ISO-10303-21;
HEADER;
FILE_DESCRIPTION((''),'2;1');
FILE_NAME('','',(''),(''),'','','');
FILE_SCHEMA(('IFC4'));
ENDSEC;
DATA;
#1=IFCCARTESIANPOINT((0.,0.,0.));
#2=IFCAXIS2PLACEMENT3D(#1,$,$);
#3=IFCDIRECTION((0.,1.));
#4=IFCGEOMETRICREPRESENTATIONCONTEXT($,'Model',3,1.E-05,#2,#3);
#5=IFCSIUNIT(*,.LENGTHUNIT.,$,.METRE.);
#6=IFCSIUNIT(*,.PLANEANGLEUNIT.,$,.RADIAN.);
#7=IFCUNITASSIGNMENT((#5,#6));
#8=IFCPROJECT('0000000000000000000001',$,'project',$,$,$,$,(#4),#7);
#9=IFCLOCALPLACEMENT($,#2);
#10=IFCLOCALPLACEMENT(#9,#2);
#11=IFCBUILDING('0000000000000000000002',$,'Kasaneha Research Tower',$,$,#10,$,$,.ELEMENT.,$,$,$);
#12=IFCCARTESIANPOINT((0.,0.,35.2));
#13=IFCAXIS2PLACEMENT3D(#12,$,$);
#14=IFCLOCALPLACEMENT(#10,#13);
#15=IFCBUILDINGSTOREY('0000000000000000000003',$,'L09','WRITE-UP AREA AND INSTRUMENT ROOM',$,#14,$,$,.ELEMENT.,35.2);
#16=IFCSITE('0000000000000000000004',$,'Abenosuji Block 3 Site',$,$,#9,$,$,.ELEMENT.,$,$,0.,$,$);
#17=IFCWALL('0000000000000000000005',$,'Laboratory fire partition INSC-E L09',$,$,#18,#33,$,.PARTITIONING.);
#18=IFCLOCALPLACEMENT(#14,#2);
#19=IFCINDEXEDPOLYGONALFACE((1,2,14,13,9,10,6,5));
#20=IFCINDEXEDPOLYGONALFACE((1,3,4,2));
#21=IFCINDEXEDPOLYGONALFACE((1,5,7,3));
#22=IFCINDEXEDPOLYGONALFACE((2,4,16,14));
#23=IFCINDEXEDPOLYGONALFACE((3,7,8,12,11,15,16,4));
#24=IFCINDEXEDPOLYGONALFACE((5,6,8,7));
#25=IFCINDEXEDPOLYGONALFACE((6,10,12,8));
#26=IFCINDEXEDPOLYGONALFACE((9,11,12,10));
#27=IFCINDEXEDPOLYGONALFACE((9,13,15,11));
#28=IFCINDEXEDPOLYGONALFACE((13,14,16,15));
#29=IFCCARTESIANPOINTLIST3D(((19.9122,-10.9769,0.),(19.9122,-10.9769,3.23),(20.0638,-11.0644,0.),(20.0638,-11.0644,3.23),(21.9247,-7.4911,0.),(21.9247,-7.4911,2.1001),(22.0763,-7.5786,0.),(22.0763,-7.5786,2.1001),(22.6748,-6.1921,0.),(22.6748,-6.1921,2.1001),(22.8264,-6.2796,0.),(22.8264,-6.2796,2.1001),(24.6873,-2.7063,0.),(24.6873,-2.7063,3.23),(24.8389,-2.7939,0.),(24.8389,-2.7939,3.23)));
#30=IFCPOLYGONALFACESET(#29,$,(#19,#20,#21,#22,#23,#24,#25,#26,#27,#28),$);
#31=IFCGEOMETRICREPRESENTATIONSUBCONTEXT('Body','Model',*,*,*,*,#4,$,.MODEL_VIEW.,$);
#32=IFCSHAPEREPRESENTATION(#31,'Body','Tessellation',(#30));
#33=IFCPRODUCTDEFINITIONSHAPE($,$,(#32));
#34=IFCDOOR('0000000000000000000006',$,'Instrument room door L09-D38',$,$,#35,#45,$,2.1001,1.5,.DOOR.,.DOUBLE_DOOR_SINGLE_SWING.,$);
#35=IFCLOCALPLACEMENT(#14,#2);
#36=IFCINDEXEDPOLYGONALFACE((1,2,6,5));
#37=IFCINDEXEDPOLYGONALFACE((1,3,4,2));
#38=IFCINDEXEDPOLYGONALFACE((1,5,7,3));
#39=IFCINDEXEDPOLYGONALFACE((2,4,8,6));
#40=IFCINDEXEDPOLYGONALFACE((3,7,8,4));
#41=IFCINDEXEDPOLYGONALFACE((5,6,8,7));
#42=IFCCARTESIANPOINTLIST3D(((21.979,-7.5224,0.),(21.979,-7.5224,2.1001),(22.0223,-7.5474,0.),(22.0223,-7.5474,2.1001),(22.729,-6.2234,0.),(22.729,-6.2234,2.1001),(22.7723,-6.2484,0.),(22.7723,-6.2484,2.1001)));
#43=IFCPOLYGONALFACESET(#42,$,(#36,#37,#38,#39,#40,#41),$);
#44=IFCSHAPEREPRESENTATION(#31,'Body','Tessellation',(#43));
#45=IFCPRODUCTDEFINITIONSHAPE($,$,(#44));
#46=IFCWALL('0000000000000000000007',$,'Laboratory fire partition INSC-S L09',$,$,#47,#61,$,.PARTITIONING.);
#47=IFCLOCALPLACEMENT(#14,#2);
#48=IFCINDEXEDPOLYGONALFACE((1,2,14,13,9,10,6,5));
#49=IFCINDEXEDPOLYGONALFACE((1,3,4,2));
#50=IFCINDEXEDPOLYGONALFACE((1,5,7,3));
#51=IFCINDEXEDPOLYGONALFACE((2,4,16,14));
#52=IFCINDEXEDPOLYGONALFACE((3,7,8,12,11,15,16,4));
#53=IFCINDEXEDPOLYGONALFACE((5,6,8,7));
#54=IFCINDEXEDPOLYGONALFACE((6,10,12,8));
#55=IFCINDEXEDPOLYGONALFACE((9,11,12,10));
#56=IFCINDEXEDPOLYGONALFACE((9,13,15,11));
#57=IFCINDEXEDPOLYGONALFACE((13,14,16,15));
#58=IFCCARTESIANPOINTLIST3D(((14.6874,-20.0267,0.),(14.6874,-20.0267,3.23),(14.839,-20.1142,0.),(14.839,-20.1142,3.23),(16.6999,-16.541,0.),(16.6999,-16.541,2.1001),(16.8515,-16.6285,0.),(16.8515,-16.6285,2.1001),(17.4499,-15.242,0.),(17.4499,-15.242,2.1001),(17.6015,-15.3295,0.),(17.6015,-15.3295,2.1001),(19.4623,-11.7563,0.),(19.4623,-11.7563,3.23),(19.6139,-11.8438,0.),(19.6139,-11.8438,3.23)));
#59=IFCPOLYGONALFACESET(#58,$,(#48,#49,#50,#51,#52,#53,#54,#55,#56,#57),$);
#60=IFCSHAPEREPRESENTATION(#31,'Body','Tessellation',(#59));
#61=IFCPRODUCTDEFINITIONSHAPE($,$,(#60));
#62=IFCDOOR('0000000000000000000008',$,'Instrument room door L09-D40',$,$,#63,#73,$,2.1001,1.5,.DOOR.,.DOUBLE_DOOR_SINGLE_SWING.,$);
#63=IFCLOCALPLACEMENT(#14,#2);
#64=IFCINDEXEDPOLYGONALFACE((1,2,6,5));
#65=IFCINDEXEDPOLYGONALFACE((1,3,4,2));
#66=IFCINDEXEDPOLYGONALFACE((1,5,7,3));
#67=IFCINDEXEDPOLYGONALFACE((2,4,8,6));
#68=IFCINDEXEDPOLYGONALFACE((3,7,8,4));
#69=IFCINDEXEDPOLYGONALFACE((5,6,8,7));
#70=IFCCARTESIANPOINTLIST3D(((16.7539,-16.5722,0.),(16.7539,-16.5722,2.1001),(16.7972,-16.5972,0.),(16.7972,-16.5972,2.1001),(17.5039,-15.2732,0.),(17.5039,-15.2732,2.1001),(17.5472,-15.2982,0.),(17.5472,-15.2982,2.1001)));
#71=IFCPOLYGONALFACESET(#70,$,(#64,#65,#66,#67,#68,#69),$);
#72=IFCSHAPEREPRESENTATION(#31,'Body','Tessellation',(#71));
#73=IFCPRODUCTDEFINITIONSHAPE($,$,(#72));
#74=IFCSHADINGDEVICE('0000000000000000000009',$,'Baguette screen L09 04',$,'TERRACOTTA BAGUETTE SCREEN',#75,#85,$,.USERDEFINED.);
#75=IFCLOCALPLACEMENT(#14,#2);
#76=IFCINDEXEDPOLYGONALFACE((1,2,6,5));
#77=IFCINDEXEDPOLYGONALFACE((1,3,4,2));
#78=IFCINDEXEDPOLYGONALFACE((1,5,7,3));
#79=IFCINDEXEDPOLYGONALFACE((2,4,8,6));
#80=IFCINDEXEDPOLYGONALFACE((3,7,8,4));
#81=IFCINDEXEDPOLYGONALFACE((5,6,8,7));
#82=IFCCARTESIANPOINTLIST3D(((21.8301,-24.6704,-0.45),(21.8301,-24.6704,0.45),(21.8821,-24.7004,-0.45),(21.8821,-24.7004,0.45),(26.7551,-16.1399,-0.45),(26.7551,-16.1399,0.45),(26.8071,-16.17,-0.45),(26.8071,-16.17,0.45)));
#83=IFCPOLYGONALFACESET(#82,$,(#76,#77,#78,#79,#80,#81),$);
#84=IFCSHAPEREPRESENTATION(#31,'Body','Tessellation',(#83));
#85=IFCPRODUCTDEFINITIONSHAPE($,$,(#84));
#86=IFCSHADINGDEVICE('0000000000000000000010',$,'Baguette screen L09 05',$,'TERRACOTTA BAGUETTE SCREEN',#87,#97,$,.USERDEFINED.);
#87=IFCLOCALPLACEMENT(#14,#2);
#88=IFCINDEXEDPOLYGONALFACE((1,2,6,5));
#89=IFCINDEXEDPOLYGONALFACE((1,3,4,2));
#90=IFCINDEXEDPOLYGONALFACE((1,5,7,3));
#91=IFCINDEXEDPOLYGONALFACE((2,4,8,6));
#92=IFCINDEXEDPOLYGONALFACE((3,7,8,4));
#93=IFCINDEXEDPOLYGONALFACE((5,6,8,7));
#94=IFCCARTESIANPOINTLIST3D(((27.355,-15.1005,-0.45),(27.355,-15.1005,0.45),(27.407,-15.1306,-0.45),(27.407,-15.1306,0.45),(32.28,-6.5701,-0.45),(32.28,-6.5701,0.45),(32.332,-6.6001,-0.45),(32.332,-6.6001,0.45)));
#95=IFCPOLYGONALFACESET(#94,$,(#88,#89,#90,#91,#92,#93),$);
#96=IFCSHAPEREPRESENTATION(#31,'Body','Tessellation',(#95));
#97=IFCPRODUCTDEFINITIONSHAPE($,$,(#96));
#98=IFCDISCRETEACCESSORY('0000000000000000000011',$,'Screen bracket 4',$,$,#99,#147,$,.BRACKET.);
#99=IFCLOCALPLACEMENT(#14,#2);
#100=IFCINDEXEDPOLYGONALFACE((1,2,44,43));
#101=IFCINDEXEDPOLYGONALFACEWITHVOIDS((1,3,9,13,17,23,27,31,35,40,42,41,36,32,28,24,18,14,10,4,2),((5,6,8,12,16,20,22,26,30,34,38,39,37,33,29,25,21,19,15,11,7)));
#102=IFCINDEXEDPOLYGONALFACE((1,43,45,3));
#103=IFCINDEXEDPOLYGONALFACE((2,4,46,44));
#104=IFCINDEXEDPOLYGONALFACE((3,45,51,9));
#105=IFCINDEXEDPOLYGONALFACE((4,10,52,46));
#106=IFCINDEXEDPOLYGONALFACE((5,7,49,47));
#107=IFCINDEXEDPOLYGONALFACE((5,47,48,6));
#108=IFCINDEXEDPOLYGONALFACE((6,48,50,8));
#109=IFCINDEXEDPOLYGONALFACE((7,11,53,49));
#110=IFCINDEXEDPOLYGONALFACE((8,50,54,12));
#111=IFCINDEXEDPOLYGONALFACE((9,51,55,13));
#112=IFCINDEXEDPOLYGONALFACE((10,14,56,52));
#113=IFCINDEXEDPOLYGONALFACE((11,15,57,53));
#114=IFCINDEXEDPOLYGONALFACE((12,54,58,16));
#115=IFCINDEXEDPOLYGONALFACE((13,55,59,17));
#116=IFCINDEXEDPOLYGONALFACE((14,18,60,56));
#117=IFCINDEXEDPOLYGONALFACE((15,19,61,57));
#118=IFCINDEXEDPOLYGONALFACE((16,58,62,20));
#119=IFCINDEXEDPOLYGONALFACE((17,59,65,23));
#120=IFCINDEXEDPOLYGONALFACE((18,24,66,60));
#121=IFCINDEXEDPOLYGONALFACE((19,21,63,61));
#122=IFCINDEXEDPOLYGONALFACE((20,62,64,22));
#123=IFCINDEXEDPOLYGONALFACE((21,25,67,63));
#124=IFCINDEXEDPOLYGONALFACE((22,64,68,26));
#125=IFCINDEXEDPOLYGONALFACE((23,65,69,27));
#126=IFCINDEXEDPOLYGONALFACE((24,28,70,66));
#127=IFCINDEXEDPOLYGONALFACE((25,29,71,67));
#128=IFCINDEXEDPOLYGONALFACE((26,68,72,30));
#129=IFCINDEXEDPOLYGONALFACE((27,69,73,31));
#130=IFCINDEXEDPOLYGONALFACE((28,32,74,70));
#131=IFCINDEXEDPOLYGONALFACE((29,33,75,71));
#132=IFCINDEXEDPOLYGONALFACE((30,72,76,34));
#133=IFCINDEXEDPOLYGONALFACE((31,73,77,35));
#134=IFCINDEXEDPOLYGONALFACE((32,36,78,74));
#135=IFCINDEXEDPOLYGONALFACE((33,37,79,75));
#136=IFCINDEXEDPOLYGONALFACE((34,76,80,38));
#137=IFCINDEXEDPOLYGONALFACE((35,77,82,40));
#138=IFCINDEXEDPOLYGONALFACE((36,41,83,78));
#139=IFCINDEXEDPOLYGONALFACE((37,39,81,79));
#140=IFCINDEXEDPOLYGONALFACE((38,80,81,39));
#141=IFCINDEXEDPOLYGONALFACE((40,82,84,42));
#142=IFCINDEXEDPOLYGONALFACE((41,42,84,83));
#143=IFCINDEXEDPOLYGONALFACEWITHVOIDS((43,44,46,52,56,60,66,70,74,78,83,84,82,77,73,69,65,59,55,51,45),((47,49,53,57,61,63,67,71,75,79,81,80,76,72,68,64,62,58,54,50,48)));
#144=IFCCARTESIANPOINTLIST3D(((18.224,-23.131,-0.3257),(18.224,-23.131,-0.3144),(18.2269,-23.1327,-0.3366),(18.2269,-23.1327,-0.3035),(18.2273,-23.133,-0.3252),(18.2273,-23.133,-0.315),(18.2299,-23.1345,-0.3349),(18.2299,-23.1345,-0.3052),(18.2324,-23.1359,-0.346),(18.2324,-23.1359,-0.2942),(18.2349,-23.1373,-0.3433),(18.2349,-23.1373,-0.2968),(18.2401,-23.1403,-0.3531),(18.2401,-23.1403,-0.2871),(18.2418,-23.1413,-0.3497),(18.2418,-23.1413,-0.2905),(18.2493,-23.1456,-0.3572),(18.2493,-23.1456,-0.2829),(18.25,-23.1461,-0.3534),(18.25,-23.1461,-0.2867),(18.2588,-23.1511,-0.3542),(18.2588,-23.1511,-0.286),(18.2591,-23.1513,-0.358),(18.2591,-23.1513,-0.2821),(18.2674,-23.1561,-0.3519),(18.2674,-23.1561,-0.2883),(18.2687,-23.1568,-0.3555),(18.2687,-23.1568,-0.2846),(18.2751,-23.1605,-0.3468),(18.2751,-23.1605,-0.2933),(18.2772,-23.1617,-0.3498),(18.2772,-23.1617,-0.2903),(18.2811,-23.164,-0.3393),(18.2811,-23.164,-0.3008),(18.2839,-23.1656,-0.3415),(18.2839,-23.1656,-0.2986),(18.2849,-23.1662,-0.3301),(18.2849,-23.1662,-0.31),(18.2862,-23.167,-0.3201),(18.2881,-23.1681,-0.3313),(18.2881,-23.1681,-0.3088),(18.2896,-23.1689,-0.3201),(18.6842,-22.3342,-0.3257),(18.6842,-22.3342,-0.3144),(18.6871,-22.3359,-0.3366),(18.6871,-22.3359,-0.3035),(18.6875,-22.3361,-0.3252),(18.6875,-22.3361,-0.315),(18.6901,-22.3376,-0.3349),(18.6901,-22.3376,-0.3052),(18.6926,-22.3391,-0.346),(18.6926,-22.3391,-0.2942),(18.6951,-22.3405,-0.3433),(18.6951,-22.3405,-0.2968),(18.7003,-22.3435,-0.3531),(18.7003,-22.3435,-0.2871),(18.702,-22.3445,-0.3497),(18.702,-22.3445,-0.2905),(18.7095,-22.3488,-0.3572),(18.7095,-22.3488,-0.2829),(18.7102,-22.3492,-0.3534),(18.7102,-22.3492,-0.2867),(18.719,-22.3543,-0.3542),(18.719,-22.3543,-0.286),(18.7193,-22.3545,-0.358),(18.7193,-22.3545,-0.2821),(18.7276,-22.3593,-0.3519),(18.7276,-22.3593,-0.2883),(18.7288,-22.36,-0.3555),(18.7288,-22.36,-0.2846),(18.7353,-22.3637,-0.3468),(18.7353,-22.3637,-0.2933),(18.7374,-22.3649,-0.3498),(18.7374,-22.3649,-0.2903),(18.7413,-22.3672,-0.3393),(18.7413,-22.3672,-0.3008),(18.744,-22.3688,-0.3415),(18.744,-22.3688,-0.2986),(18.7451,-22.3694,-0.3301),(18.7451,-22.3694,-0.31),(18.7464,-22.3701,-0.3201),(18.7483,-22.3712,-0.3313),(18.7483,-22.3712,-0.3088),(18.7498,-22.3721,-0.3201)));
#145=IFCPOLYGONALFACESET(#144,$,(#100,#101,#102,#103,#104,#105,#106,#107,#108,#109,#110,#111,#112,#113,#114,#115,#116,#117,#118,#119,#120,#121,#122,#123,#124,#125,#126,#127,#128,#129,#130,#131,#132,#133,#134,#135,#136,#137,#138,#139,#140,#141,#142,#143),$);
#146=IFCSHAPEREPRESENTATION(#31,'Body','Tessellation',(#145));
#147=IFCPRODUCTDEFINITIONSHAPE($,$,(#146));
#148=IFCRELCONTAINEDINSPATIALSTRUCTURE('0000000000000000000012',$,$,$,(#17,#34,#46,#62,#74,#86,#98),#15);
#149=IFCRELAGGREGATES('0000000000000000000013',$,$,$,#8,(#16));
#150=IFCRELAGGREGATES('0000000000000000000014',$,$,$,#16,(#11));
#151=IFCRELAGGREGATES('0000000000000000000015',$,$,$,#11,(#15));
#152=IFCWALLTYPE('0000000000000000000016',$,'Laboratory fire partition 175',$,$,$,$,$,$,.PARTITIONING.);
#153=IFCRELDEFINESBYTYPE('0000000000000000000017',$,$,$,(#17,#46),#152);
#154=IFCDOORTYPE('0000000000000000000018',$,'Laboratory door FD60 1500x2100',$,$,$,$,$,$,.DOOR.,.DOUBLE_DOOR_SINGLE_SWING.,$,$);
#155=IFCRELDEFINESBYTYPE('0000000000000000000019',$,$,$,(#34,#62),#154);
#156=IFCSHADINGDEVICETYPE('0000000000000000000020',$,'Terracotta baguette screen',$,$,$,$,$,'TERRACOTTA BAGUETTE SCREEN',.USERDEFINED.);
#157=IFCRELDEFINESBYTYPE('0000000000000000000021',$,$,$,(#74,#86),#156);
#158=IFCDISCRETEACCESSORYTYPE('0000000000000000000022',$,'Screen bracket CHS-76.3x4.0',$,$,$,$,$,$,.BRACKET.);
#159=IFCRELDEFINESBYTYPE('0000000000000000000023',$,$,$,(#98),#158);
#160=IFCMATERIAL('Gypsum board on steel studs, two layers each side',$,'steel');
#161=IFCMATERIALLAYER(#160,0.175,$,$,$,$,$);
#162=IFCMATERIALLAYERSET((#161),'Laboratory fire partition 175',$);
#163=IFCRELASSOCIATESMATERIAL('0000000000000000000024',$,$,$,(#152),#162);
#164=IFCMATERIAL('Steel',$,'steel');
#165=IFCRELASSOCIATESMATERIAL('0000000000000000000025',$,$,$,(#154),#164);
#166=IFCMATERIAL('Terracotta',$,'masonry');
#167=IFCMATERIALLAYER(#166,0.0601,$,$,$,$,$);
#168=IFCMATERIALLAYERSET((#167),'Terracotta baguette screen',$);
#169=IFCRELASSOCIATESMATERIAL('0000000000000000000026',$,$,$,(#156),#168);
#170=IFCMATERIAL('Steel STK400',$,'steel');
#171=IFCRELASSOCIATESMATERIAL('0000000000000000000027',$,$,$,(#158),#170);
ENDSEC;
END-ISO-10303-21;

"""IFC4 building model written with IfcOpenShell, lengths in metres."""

from ifc_helpers import new_model, si_unit, direction, frame, frame_2d, origin, origin_2d, place, context, subcontext, project, spatial, rectangle, hollow_circle, extrude, material, layer, layer_set, material_profile, profile_set, type_object, element, fill, save


model = new_model("IFC4")

# Units and contexts
model_context = context("Model", 3, precision=1e-05, world=origin(), true_north=direction((0.0, 1.0)))
body_context = subcontext(model_context, "Body", "Model", "MODEL_VIEW")
ifc_project = project(units=[si_unit("LENGTHUNIT", "METRE"), si_unit("PLANEANGLEUNIT", "RADIAN")], contexts=[model_context])

# Site, building, storey
site_placement = place(None, origin())
site = spatial("IfcSite", under=ifc_project, at=site_placement, Name="Abenosuji Block 3 Site", CompositionType="ELEMENT", RefElevation=0.0)
building_placement = place(site_placement, origin())
building = spatial("IfcBuilding", under=site, at=building_placement, Name="Kasaneha Research Tower", CompositionType="ELEMENT")
storey_placement = place(building_placement, frame((0.0, 0.0, 35.2)))
storey = spatial("IfcBuildingStorey", under=building, at=storey_placement, Name="L09", Description="WRITE-UP AREA AND INSTRUMENT ROOM", CompositionType="ELEMENT", Elevation=35.2)

# Walls, openings, doors
ifc_material_1 = material(Name="Gypsum board on steel studs, two layers each side", Category="steel")
ifc_layer_1 = layer(ifc_material_1, 0.175)
ifc_layer_set_1 = layer_set([ifc_layer_1], Name="Laboratory fire partition 175")
wall_type = type_object("IfcWallType", Name="Laboratory fire partition 175", PredefinedType="PARTITIONING", material=ifc_layer_set_1)
wall_1_placement = place(storey_placement, frame((19.988, -11.0205, 0.0), z_axis=(0.0, 0.0, 1.0), x_axis=(0.500013, 0.866018, 0.0)))
wall_1 = element("IfcWall", 1, at=wall_1_placement, inside=storey, type_object=wall_type, Name="Laboratory fire partition INSC-E L09", PredefinedType="PARTITIONING", context=body_context, shape_type="SweptSolid", body=[
    extrude(rectangle(XDim=9.55, YDim=0.175, at=frame_2d((4.7749, 0.0))), origin(), (0.0, 0.0, 1.0), 3.23),
])
opening_1_placement = place(wall_1_placement, frame((4.0249, 0.0, 0.0)))
opening_1 = element("IfcOpeningElement", 2, at=opening_1_placement, cuts=wall_1, PredefinedType="OPENING", context=body_context, shape_type="SweptSolid", body=[
    extrude(rectangle(XDim=1.5, YDim=2.1001, at=frame_2d((0.75, 1.05))), frame((0.0, 0.0977, 0.0), z_axis=(0.0, -1.0, 0.0), x_axis=(1.0, 0.0, 0.0)), (0.0, 0.0, 1.0), 0.1951),
])
ifc_material_2 = material(Name="Steel", Category="steel")
door_type = type_object("IfcDoorType", Name="Laboratory door FD60 1500x2100", OperationType="DOUBLE_DOOR_SINGLE_SWING", PredefinedType="DOOR", material=ifc_material_2)
door_1_placement = place(opening_1_placement, origin())
door_1 = element("IfcDoor", 3, at=door_1_placement, inside=storey, type_object=door_type, Name="Instrument room door L09-D38", OperationType="DOUBLE_DOOR_SINGLE_SWING", OverallHeight=2.1001, OverallWidth=1.5, PredefinedType="DOOR", context=body_context, shape_type="SweptSolid", body=[
    extrude(rectangle(XDim=1.5, YDim=2.1001, at=frame_2d((0.75, 1.05))), frame((0.0, 0.0249, 0.0), z_axis=(0.0, -1.0, 0.0), x_axis=(1.0, 0.0, 0.0)), (0.0, 0.0, 1.0), 0.05),
])
fill(opening_1, door_1)
wall_2_placement = place(storey_placement, frame((19.5381, -11.8, 0.0), z_axis=(0.0, 0.0, 1.0), x_axis=(-0.499994, -0.866029, 0.0)))
wall_2 = element("IfcWall", 4, at=wall_2_placement, inside=storey, type_object=wall_type, Name="Laboratory fire partition INSC-S L09", PredefinedType="PARTITIONING", context=body_context, shape_type="SweptSolid", body=[
    extrude(rectangle(XDim=9.5498, YDim=0.175, at=frame_2d((4.7749, 0.0))), origin(), (0.0, 0.0, 1.0), 3.23),
])
opening_2_placement = place(wall_2_placement, frame((4.0249, 0.0, 0.0)))
opening_2 = element("IfcOpeningElement", 5, at=opening_2_placement, cuts=wall_2, PredefinedType="OPENING", context=body_context, shape_type="SweptSolid", body=[
    extrude(rectangle(XDim=1.5, YDim=2.1001, at=frame_2d((0.75, 1.05))), frame((0.0, 0.0977, 0.0), z_axis=(0.0, -1.0, 0.0), x_axis=(1.0, 0.0, 0.0)), (0.0, 0.0, 1.0), 0.1951),
])
door_2_placement = place(opening_2_placement, origin())
door_2 = element("IfcDoor", 6, at=door_2_placement, inside=storey, type_object=door_type, Name="Instrument room door L09-D40", OperationType="DOUBLE_DOOR_SINGLE_SWING", OverallHeight=2.1001, OverallWidth=1.5, PredefinedType="DOOR", context=body_context, shape_type="SweptSolid", body=[
    extrude(rectangle(XDim=1.5, YDim=2.1001, at=frame_2d((0.75, 1.05))), frame((0.0, 0.0249, 0.0), z_axis=(0.0, -1.0, 0.0), x_axis=(1.0, 0.0, 0.0)), (0.0, 0.0, 1.0), 0.05),
])
fill(opening_2, door_2)

# Shading devices
ifc_material_3 = material(Name="Terracotta", Category="masonry")
ifc_layer_2 = layer(ifc_material_3, 0.0601)
ifc_layer_set_2 = layer_set([ifc_layer_2], Name="Terracotta baguette screen")
shading_device_type = type_object("IfcShadingDeviceType", Name="Terracotta baguette screen", ElementType="TERRACOTTA BAGUETTE SCREEN", PredefinedType="USERDEFINED", material=ifc_layer_set_2)
for number, where, z_axis, x_axis, name in (
    (7, (24.3186, -20.4202, -0.45), (0.0, 0.0, 1.0), (0.5, 0.866025, 0.0), "Baguette screen L09 04"),
    (8, (29.8435, -10.8503, -0.45), (0.0, 0.0, 1.0), (0.5, 0.866025, 0.0), "Baguette screen L09 05"),
):
    element("IfcShadingDevice", number, at=place(storey_placement, frame(where, z_axis=z_axis, x_axis=x_axis)), inside=storey, type_object=shading_device_type, Name=name, ObjectType="TERRACOTTA BAGUETTE SCREEN", PredefinedType="USERDEFINED", context=body_context, shape_type="SweptSolid", body=[
        extrude(rectangle(XDim=9.8501, YDim=0.0601, at=origin_2d()), origin(), (0.0, 0.0, 1.0), 0.8999),
    ])

# Discrete accessory
ifc_material_4 = material(Name="Steel STK400", Category="steel")
ifc_material_profile_1 = material_profile(ifc_material_4, hollow_circle(Radius=0.0381, WallThickness=0.0039, at=origin_2d()), Name="CHS-76.3x4.0")
ifc_profile_set_1 = profile_set([ifc_material_profile_1], Name="Steel STK400")
discrete_accessory_type = type_object("IfcDiscreteAccessoryType", Name="Screen bracket CHS-76.3x4.0", PredefinedType="BRACKET", material=ifc_profile_set_1)
discrete_accessory_1_placement = place(storey_placement, frame((18.7168, -22.353, -0.3201), z_axis=(-0.500105, -0.865965, 0.0), x_axis=(0.865965, -0.500105, 0.0)))
element("IfcDiscreteAccessory", 9, at=discrete_accessory_1_placement, inside=storey, type_object=discrete_accessory_type, Name="Screen bracket 4", PredefinedType="BRACKET", context=body_context, shape_type="SweptSolid", body=[
    extrude(hollow_circle(Radius=0.0381, WallThickness=0.0039, at=origin_2d()), origin(), (0.0, 0.0, 1.0), 0.9202),
])

save(model, "model.ifc")
